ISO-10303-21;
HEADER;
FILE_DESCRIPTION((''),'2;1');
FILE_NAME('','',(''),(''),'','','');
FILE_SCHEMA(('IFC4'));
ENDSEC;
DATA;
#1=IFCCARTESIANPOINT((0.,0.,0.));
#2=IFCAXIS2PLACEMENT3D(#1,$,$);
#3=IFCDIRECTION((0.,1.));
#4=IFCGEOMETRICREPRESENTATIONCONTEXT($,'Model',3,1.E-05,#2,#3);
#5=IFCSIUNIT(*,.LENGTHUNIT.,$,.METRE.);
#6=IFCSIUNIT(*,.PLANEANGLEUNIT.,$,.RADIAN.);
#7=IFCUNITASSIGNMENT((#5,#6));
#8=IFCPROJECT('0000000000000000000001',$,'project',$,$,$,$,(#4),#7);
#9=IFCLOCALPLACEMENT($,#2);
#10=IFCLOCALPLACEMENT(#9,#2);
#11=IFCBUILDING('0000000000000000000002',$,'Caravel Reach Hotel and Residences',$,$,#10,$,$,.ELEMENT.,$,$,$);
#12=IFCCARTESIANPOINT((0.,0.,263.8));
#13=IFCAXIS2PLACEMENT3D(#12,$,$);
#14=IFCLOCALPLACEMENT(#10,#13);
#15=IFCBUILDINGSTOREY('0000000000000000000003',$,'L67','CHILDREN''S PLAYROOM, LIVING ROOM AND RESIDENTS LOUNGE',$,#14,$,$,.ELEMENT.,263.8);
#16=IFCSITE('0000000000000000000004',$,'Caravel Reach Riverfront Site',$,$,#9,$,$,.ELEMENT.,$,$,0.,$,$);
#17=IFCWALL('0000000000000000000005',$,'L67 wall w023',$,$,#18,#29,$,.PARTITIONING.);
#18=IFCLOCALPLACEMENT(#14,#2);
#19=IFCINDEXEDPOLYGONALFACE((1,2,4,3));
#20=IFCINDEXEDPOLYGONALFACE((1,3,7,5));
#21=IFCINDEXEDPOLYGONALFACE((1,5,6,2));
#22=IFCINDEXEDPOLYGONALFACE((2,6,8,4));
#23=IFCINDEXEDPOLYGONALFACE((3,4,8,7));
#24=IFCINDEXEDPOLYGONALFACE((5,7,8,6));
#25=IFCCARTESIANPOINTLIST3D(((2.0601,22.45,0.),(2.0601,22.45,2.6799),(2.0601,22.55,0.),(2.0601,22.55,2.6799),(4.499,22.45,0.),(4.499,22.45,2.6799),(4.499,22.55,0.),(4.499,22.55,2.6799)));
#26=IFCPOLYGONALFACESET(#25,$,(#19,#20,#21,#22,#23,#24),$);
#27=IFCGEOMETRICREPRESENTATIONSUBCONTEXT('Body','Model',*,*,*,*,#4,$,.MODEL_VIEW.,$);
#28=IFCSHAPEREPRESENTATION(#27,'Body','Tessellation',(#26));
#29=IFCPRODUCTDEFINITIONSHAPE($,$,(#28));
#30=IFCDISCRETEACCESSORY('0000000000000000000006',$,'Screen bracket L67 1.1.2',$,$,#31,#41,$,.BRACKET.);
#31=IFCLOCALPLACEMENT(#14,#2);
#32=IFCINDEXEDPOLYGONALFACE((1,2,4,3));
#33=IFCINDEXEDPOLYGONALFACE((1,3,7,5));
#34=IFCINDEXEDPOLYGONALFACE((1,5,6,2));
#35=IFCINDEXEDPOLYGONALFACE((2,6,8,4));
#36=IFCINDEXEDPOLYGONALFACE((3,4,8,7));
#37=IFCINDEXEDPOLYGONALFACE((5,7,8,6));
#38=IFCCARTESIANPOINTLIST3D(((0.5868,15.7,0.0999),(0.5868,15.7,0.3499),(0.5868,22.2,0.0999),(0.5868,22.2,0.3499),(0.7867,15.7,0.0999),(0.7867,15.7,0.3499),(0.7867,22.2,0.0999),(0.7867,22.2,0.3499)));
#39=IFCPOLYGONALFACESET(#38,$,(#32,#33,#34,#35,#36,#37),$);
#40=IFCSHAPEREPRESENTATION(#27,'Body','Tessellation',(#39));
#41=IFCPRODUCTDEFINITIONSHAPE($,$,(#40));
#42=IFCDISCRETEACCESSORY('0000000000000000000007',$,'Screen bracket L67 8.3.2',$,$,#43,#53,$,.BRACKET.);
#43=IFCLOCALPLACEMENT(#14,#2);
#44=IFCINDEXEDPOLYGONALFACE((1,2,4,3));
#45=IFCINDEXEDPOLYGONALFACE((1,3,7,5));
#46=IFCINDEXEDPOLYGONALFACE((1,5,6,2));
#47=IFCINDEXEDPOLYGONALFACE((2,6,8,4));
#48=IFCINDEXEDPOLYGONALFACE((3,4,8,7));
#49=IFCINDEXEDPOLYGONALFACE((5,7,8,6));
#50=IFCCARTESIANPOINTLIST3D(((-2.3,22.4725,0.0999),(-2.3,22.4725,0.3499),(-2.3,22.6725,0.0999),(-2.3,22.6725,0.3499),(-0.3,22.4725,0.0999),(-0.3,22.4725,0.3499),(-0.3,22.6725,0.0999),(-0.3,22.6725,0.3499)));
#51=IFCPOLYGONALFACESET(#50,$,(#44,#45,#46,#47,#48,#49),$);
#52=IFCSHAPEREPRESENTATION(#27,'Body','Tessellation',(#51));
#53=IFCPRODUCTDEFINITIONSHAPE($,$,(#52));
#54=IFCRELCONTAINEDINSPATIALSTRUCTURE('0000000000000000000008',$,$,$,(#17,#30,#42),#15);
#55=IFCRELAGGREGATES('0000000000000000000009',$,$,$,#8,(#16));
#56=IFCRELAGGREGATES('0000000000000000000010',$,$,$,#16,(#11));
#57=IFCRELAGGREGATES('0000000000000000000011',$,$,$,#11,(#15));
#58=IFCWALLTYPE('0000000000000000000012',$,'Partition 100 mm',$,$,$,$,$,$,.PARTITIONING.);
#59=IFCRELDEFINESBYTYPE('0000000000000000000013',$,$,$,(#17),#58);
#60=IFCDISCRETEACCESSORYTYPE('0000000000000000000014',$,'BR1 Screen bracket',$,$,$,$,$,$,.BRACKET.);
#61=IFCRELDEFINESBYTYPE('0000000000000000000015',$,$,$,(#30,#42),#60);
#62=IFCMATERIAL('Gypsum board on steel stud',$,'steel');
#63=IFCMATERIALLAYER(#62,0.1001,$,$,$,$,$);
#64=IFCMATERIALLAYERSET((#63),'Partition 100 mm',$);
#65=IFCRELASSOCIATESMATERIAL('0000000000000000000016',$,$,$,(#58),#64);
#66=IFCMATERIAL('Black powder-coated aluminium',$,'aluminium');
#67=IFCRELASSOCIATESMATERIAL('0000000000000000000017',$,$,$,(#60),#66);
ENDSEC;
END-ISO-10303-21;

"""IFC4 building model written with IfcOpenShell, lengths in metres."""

from ifc_helpers import new_model, si_unit, direction, frame, frame_2d, origin, origin_2d, place, context, subcontext, project, spatial, rectangle, extrude, material, layer, layer_set, type_object, element, save


model = new_model("IFC4")

# Units and contexts
model_context = context("Model", 3, precision=1e-05, world=origin(), true_north=direction((0.0, 1.0)))
body_context = subcontext(model_context, "Body", "Model", "MODEL_VIEW")
ifc_project = project(units=[si_unit("LENGTHUNIT", "METRE"), si_unit("PLANEANGLEUNIT", "RADIAN")], contexts=[model_context])

# Site, building, storey
site_placement = place(None, origin())
site = spatial("IfcSite", under=ifc_project, at=site_placement, Name="Caravel Reach Riverfront Site", CompositionType="ELEMENT", RefElevation=0.0)
building_placement = place(site_placement, origin())
building = spatial("IfcBuilding", under=site, at=building_placement, Name="Caravel Reach Hotel and Residences", CompositionType="ELEMENT")
storey_placement = place(building_placement, frame((0.0, 0.0, 263.8)))
storey = spatial("IfcBuildingStorey", under=building, at=storey_placement, Name="L67", Description="CHILDREN'S PLAYROOM, LIVING ROOM AND RESIDENTS LOUNGE", CompositionType="ELEMENT", Elevation=263.8)

# Wall
ifc_material_1 = material(Name="Gypsum board on steel stud", Category="steel")
ifc_layer_1 = layer(ifc_material_1, 0.1001)
ifc_layer_set_1 = layer_set([ifc_layer_1], Name="Partition 100 mm")
wall_type_1 = type_object("IfcWallType", Name="Partition 100 mm", PredefinedType="PARTITIONING", material=ifc_layer_set_1)
wall_1_placement = place(storey_placement, frame((2.0601, 22.5, 0.0), z_axis=(0.0, 0.0, 1.0), x_axis=(1.0, 0.0, 0.0)))
element("IfcWall", 1, at=wall_1_placement, inside=storey, type_object=wall_type_1, Name="L67 wall w023", PredefinedType="PARTITIONING", context=body_context, shape_type="SweptSolid", body=[
    extrude(rectangle(XDim=2.439, YDim=0.1001, at=frame_2d((1.2195, 0.0))), origin(), (0.0, 0.0, 1.0), 2.6799),
])

# Discrete accessories
ifc_material_2 = material(Name="Black powder-coated aluminium", Category="aluminium")
discrete_accessory_type = type_object("IfcDiscreteAccessoryType", Name="BR1 Screen bracket", PredefinedType="BRACKET", material=ifc_material_2)
discrete_accessory_1_placement = place(storey_placement, frame((0.6868, 18.95, 0.0999), z_axis=(0.0, 0.0, 1.0), x_axis=(0.0, -1.0, 0.0)))
element("IfcDiscreteAccessory", 2, at=discrete_accessory_1_placement, inside=storey, type_object=discrete_accessory_type, Name="Screen bracket L67 1.1.2", PredefinedType="BRACKET", context=body_context, shape_type="SweptSolid", body=[
    extrude(rectangle(XDim=6.5, YDim=0.2, at=origin_2d()), origin(), (0.0, 0.0, 1.0), 0.25),
])
discrete_accessory_2_placement = place(storey_placement, frame((-1.3, 22.5725, 0.0999), z_axis=(0.0, 0.0, 1.0), x_axis=(-1.0, 0.0, 0.0)))
element("IfcDiscreteAccessory", 3, at=discrete_accessory_2_placement, inside=storey, type_object=discrete_accessory_type, Name="Screen bracket L67 8.3.2", PredefinedType="BRACKET", context=body_context, shape_type="SweptSolid", body=[
    extrude(rectangle(XDim=2.0, YDim=0.2, at=origin_2d()), origin(), (0.0, 0.0, 1.0), 0.25),
])

save(model, "model.ifc")
